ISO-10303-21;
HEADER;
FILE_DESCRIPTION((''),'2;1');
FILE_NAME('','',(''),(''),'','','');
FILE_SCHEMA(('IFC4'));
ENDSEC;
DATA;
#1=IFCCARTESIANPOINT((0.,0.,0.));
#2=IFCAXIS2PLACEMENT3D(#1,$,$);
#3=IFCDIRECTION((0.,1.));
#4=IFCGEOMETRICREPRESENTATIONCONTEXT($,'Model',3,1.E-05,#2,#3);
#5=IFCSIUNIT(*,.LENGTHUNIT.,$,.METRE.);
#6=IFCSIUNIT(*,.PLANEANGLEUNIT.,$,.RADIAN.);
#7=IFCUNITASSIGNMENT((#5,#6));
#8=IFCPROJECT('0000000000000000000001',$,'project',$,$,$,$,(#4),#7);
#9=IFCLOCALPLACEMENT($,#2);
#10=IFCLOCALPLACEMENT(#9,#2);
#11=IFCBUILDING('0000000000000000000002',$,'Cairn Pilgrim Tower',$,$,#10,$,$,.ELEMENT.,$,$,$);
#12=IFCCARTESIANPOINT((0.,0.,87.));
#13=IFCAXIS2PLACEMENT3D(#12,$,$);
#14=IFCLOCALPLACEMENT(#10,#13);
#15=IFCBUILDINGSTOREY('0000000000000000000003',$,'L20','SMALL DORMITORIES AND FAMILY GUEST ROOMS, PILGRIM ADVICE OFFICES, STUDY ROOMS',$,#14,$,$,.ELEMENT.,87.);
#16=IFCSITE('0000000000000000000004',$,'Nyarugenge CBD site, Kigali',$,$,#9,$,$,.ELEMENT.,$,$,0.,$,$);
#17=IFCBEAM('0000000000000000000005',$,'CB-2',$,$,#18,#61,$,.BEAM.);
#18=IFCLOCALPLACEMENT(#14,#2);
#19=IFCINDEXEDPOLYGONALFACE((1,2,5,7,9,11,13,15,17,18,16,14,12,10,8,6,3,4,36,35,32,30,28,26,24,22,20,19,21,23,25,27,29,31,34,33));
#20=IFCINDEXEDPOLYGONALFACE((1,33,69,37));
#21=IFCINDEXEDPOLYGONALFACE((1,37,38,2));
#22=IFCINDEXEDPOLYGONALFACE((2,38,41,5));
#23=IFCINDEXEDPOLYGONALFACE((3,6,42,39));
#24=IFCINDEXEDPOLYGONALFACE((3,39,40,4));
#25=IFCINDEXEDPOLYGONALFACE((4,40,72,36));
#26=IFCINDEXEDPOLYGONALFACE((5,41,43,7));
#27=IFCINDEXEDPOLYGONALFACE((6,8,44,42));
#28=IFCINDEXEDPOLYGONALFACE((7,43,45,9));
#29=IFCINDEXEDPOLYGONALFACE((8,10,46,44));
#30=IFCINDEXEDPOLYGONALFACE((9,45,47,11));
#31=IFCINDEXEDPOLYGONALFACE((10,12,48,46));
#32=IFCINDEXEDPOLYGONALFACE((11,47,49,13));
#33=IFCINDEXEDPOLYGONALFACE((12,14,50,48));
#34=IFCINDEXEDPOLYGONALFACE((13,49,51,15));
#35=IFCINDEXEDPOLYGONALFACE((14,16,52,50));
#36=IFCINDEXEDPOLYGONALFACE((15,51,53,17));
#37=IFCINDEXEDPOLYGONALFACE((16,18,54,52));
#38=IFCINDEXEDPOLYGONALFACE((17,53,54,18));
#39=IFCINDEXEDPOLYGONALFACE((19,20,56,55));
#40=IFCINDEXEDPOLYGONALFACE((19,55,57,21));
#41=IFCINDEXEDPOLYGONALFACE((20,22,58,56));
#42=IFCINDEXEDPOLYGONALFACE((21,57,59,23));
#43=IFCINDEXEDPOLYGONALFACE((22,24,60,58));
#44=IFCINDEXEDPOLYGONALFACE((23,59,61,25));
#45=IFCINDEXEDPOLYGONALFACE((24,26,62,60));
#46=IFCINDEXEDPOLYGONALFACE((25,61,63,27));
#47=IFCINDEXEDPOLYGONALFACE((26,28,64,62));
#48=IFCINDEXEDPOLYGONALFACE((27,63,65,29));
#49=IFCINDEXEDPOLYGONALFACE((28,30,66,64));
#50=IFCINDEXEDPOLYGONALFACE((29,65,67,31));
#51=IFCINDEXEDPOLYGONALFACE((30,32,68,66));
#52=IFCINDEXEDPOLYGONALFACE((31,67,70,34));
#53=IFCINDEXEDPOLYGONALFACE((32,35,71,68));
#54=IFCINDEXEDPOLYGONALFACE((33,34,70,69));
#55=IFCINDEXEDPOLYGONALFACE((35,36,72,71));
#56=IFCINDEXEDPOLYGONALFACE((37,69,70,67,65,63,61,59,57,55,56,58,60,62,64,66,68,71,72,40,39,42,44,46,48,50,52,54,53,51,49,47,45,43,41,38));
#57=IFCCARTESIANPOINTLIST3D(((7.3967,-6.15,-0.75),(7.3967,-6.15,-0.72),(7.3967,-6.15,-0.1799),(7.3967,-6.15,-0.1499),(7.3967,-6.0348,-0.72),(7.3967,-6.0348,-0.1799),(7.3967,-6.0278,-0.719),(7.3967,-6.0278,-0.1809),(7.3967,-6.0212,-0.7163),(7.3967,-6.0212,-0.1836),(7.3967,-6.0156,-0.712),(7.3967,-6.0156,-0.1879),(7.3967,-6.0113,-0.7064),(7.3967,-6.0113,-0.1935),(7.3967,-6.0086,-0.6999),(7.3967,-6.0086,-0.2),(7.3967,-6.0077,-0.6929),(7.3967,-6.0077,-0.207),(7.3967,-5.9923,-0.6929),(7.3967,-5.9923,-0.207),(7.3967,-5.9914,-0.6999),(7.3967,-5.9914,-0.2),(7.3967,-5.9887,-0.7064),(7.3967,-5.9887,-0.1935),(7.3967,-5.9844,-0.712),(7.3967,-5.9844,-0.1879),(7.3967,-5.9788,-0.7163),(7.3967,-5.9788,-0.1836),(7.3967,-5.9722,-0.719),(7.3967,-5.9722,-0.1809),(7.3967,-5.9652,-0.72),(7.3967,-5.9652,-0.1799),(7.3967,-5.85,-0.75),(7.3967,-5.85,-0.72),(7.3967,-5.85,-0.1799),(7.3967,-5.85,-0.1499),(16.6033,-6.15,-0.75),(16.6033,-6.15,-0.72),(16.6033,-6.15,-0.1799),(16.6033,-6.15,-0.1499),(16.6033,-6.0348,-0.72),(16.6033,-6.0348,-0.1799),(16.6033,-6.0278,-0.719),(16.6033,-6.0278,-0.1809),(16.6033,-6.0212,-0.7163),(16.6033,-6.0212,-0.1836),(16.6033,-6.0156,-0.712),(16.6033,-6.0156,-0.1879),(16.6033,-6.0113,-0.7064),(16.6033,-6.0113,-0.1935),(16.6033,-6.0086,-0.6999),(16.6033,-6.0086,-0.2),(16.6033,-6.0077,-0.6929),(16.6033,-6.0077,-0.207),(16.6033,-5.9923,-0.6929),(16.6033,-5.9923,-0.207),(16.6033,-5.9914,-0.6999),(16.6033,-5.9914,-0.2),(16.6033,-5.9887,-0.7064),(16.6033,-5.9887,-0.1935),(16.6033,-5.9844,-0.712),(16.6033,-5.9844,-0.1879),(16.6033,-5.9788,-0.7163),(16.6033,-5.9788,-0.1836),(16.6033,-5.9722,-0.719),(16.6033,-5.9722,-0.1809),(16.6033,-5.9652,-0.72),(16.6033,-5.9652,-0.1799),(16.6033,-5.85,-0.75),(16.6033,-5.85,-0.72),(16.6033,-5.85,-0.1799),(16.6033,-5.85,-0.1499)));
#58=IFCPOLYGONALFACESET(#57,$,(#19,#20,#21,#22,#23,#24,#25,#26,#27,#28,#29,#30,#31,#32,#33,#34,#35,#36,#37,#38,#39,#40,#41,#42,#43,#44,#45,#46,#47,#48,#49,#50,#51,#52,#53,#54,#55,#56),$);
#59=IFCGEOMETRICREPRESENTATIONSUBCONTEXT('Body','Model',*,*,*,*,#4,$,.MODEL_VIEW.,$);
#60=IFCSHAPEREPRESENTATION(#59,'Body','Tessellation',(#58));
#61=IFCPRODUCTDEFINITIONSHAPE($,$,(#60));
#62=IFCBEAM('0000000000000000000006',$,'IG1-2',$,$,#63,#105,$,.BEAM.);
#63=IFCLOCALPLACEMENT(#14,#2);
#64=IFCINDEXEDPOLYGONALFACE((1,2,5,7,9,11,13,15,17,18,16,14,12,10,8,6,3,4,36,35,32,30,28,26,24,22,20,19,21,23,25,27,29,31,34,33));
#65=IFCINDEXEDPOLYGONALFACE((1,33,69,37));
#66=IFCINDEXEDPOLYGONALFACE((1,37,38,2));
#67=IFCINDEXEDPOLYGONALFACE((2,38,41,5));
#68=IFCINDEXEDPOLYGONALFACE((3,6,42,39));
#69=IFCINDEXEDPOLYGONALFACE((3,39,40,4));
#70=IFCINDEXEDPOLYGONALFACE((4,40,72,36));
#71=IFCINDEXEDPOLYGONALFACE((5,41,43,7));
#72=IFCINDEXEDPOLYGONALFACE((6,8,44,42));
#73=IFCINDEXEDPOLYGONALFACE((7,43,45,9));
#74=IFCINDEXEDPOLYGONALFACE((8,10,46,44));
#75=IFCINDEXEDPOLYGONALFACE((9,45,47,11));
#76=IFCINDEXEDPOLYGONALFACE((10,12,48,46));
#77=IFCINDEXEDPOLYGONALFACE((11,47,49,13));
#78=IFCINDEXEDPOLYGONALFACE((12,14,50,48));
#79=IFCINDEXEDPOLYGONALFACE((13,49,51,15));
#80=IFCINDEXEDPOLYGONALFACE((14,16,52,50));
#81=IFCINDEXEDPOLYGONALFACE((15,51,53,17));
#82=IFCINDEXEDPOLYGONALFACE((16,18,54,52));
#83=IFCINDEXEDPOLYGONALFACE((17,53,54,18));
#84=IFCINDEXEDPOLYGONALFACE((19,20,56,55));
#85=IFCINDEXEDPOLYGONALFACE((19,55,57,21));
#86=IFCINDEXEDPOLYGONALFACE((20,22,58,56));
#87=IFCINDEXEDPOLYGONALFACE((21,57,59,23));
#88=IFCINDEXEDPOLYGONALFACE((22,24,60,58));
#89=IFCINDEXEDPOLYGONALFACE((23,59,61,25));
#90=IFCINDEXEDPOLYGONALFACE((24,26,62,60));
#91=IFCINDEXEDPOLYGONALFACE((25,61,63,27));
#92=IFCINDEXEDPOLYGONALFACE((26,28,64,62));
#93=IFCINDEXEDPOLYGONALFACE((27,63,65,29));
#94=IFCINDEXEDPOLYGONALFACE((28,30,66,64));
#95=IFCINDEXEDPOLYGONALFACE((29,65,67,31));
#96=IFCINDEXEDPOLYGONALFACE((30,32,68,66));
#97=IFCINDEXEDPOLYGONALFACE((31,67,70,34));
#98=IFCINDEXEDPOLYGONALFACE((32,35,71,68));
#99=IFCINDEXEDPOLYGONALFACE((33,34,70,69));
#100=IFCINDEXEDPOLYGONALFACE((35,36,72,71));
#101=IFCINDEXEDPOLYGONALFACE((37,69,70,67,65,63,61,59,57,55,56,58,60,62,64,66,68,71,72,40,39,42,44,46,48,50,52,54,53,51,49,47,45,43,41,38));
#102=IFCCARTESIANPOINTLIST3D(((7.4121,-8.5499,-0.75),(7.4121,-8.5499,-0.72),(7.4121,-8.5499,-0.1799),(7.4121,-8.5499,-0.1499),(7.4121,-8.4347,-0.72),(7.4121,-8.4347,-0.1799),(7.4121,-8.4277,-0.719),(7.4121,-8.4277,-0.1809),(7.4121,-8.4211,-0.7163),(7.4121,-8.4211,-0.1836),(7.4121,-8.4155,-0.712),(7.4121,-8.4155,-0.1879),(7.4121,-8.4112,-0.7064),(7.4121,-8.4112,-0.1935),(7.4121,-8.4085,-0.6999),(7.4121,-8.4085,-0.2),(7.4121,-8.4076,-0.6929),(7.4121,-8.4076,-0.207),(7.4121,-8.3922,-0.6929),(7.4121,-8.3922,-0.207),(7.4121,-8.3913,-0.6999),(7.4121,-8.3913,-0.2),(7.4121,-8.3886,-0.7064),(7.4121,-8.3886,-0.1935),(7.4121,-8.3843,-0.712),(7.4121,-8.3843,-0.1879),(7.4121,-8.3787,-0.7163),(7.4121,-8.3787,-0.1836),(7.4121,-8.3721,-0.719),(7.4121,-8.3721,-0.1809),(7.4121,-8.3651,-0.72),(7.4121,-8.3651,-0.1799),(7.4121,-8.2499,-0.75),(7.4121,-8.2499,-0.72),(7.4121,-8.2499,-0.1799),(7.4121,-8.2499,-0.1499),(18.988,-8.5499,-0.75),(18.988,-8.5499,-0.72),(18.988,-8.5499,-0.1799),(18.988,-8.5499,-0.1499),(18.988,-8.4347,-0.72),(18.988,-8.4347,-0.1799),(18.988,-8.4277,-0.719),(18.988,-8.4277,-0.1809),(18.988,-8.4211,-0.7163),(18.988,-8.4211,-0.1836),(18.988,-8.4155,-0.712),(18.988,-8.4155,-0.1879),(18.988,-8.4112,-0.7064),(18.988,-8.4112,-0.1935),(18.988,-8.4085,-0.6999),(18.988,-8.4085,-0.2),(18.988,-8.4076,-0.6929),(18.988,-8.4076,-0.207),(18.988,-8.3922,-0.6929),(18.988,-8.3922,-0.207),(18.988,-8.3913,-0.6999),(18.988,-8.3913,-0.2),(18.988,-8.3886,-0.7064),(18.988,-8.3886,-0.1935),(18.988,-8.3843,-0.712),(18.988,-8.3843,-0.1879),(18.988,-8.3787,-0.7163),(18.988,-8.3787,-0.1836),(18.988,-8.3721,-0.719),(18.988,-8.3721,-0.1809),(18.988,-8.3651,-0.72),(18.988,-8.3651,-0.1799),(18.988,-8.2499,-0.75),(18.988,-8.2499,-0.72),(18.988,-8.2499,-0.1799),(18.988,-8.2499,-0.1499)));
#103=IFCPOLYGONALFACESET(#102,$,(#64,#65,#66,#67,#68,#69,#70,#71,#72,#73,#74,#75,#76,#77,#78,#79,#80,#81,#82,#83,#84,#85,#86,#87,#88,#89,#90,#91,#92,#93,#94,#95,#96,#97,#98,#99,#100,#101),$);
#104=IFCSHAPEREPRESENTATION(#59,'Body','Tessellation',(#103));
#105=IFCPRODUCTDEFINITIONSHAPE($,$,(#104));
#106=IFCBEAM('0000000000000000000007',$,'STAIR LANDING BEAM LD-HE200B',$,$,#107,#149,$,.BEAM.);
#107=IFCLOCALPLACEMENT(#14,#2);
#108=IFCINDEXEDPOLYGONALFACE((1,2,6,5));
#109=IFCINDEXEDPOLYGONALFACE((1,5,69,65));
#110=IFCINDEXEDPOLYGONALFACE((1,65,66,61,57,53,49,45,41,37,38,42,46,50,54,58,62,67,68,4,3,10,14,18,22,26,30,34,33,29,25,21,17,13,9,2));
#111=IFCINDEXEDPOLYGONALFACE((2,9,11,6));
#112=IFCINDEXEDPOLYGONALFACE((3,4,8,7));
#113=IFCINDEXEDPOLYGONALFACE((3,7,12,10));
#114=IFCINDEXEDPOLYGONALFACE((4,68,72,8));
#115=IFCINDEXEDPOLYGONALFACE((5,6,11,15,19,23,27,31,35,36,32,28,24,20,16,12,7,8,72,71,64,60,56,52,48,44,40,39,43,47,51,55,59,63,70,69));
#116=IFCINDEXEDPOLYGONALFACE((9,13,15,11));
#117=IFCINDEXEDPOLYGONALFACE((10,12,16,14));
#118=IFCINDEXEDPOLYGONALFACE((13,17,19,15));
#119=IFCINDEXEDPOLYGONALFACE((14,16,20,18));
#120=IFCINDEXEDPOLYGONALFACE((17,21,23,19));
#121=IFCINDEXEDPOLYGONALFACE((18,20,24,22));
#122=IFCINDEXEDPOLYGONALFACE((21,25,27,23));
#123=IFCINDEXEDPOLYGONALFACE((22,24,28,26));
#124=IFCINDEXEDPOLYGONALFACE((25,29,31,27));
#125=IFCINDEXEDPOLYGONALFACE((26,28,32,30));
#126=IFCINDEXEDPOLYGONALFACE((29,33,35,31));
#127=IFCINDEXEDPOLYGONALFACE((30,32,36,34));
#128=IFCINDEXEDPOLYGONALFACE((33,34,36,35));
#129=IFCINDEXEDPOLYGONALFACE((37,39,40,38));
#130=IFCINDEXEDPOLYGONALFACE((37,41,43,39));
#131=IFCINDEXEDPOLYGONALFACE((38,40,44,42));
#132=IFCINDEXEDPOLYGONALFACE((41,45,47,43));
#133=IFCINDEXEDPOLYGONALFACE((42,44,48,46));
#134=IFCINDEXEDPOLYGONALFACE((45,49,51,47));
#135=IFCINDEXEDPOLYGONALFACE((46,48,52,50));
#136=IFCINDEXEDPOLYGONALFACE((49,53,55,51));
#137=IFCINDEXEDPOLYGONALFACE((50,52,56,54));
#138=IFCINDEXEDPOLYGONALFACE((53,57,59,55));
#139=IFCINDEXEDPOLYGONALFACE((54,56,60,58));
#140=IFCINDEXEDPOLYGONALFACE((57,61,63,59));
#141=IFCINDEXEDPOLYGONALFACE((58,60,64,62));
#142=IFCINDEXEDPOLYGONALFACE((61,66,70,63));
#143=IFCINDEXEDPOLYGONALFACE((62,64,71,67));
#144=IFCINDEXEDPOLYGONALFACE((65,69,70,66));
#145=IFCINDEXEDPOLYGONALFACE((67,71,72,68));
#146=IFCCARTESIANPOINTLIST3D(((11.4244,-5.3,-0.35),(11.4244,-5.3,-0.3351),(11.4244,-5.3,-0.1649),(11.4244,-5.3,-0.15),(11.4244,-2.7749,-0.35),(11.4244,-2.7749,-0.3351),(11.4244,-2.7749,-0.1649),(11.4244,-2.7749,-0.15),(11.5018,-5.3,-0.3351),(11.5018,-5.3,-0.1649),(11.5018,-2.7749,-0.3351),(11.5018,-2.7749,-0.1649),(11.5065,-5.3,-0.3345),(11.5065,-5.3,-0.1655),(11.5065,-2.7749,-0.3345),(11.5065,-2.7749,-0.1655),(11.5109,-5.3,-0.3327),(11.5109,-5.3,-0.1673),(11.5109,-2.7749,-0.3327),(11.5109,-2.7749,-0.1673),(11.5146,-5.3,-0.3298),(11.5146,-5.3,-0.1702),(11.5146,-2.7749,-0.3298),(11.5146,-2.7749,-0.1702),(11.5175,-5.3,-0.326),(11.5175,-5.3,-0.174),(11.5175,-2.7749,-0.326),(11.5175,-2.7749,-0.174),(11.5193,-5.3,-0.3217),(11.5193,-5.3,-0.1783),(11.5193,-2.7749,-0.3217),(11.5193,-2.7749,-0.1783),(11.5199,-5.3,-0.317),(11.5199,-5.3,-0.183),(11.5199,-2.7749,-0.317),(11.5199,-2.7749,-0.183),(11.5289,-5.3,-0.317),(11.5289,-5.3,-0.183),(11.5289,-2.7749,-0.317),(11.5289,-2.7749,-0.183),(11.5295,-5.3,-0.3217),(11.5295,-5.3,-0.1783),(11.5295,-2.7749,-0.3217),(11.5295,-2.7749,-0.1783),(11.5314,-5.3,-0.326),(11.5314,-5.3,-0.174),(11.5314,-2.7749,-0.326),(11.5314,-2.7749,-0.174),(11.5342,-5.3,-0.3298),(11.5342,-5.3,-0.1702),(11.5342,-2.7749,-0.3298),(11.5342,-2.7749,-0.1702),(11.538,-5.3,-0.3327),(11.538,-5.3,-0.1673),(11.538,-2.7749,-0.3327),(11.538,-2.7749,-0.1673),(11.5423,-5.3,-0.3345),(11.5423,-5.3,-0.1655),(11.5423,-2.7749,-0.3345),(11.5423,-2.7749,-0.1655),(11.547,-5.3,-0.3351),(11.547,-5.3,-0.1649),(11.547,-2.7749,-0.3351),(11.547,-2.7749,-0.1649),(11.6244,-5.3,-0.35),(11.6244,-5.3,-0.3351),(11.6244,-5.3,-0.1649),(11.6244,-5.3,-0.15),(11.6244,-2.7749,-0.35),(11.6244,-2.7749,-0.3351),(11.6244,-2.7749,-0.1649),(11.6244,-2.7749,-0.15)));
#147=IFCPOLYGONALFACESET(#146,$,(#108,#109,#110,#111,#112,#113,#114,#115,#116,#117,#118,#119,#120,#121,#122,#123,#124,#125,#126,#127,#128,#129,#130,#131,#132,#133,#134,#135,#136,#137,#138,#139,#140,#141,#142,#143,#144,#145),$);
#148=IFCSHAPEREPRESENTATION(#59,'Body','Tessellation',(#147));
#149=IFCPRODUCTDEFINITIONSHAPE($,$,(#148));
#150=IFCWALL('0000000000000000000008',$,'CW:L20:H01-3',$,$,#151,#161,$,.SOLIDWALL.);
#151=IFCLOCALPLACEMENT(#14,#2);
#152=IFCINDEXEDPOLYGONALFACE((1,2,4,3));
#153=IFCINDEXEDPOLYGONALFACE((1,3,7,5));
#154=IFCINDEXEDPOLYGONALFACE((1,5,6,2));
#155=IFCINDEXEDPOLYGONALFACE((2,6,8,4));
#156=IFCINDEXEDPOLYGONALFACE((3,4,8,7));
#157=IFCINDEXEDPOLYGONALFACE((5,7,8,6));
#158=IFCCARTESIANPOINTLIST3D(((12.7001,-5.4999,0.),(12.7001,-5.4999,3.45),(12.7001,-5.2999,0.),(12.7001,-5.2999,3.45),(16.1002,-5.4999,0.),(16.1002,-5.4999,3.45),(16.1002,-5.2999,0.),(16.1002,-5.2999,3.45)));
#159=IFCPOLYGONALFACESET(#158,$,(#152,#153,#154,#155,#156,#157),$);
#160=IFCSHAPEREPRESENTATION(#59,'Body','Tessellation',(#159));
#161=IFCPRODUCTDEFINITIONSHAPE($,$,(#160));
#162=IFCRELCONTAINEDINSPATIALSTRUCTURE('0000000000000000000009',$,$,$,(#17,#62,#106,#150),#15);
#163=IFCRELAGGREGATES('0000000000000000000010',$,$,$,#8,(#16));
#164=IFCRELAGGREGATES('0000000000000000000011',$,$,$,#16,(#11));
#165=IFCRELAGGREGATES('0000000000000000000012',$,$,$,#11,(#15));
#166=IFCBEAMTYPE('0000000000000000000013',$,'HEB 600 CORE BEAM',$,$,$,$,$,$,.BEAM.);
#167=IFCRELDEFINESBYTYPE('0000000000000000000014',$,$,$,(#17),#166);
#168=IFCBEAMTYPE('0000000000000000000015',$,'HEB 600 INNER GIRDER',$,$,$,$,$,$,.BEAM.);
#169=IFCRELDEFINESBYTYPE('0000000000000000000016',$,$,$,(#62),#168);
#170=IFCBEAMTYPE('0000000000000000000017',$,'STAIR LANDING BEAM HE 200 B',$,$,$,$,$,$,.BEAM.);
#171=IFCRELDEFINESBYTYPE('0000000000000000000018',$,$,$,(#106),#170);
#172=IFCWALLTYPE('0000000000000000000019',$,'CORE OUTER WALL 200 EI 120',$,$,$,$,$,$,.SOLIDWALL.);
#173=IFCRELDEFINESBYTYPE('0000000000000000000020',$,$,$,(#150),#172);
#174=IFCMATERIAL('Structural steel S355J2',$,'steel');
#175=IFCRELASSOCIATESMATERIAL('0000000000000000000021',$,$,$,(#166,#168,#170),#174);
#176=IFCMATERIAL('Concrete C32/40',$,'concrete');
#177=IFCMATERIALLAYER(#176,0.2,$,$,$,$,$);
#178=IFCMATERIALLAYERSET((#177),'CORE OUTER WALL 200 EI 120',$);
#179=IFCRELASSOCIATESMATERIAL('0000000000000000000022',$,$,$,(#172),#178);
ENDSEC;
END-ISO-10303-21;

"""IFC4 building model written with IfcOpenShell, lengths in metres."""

from ifc_helpers import new_model, si_unit, direction, frame, frame_2d, origin, origin_2d, place, context, subcontext, project, spatial, rectangle, i_section, extrude, material, layer, layer_set, material_profile, profile_set, type_object, element, save


model = new_model("IFC4")

# Units and contexts
model_context = context("Model", 3, precision=1e-05, world=origin(), true_north=direction((0.0, 1.0)))
body_context = subcontext(model_context, "Body", "Model", "MODEL_VIEW")
ifc_project = project(units=[si_unit("LENGTHUNIT", "METRE"), si_unit("PLANEANGLEUNIT", "RADIAN")], contexts=[model_context])

# Site, building, storey
site_placement = place(None, origin())
site = spatial("IfcSite", under=ifc_project, at=site_placement, Name="Nyarugenge CBD site, Kigali", CompositionType="ELEMENT", RefElevation=0.0)
building_placement = place(site_placement, origin())
building = spatial("IfcBuilding", under=site, at=building_placement, Name="Cairn Pilgrim Tower", CompositionType="ELEMENT")
storey_placement = place(building_placement, frame((0.0, 0.0, 87.0)))
storey = spatial("IfcBuildingStorey", under=building, at=storey_placement, Name="L20", Description="SMALL DORMITORIES AND FAMILY GUEST ROOMS, PILGRIM ADVICE OFFICES, STUDY ROOMS", CompositionType="ELEMENT", Elevation=87.0)

# Beams
ifc_material_1 = material(Name="Structural steel S355J2", Category="steel")
ifc_material_profile_1 = material_profile(ifc_material_1, i_section(OverallWidth=0.3, OverallDepth=0.6001, WebThickness=0.0154, FlangeThickness=0.03, FilletRadius=0.0271, at=origin_2d()), Name="HEB 600")
ifc_profile_set_1 = profile_set([ifc_material_profile_1], Name="Structural steel S355J2")
beam_type_1 = type_object("IfcBeamType", Name="HEB 600 CORE BEAM", PredefinedType="BEAM", material=ifc_profile_set_1)
beam_1_placement = place(storey_placement, frame((7.3967, -6.0, -0.45), z_axis=(1.0, 0.0, 0.0), x_axis=(0.0, 1.0, 0.0)))
element("IfcBeam", 1, at=beam_1_placement, inside=storey, type_object=beam_type_1, Name="CB-2", PredefinedType="BEAM", context=body_context, shape_type="SweptSolid", body=[
    extrude(i_section(OverallWidth=0.3, OverallDepth=0.6001, WebThickness=0.0154, FlangeThickness=0.03, FilletRadius=0.0271, at=origin_2d()), origin(), (0.0, 0.0, 1.0), 9.2065),
])
ifc_material_profile_2 = material_profile(ifc_material_1, i_section(OverallWidth=0.3, OverallDepth=0.6001, WebThickness=0.0154, FlangeThickness=0.03, FilletRadius=0.0271, at=origin_2d()), Name="HEB 600")
ifc_profile_set_2 = profile_set([ifc_material_profile_2], Name="Structural steel S355J2")
beam_type_2 = type_object("IfcBeamType", Name="HEB 600 INNER GIRDER", PredefinedType="BEAM", material=ifc_profile_set_2)
beam_2_placement = place(storey_placement, frame((7.4121, -8.3999, -0.45), z_axis=(1.0, 0.0, 0.0), x_axis=(0.0, 1.0, 0.0)))
element("IfcBeam", 2, at=beam_2_placement, inside=storey, type_object=beam_type_2, Name="IG1-2", PredefinedType="BEAM", context=body_context, shape_type="SweptSolid", body=[
    extrude(i_section(OverallWidth=0.3, OverallDepth=0.6001, WebThickness=0.0154, FlangeThickness=0.03, FilletRadius=0.0271, at=origin_2d()), origin(), (0.0, 0.0, 1.0), 11.5759),
])
ifc_material_profile_3 = material_profile(ifc_material_1, i_section(OverallWidth=0.2, OverallDepth=0.2, WebThickness=0.009, FlangeThickness=0.0149, FilletRadius=0.0181, at=origin_2d()), Name="HE 200 B")
ifc_profile_set_3 = profile_set([ifc_material_profile_3], Name="Structural steel S355J2")
beam_type_3 = type_object("IfcBeamType", Name="STAIR LANDING BEAM HE 200 B", PredefinedType="BEAM", material=ifc_profile_set_3)
beam_3_placement = place(storey_placement, frame((11.5244, -2.7749, -0.25), z_axis=(0.0, -1.0, 0.0), x_axis=(1.0, 0.0, 0.0)))
element("IfcBeam", 3, at=beam_3_placement, inside=storey, type_object=beam_type_3, Name="STAIR LANDING BEAM LD-HE200B", PredefinedType="BEAM", context=body_context, shape_type="SweptSolid", body=[
    extrude(i_section(OverallWidth=0.2, OverallDepth=0.2, WebThickness=0.009, FlangeThickness=0.0149, FilletRadius=0.0181, at=origin_2d()), origin(), (0.0, 0.0, 1.0), 2.5251),
])

# Wall
ifc_material_2 = material(Name="Concrete C32/40", Category="concrete")
ifc_layer_1 = layer(ifc_material_2, 0.2)
ifc_layer_set_1 = layer_set([ifc_layer_1], Name="CORE OUTER WALL 200 EI 120")
wall_type_1 = type_object("IfcWallType", Name="CORE OUTER WALL 200 EI 120", PredefinedType="SOLIDWALL", material=ifc_layer_set_1)
wall_1_placement = place(storey_placement, frame((12.7, -5.3999, 0.0), z_axis=(0.0, 0.0, 1.0), x_axis=(1.0, 0.0, 0.0)))
element("IfcWall", 4, at=wall_1_placement, inside=storey, type_object=wall_type_1, Name="CW:L20:H01-3", PredefinedType="SOLIDWALL", context=body_context, shape_type="SweptSolid", body=[
    extrude(rectangle(XDim=3.4001, YDim=0.2, at=frame_2d((1.7002, 0.0))), origin(), (0.0, 0.0, 1.0), 3.45),
])

save(model, "model.ifc")
